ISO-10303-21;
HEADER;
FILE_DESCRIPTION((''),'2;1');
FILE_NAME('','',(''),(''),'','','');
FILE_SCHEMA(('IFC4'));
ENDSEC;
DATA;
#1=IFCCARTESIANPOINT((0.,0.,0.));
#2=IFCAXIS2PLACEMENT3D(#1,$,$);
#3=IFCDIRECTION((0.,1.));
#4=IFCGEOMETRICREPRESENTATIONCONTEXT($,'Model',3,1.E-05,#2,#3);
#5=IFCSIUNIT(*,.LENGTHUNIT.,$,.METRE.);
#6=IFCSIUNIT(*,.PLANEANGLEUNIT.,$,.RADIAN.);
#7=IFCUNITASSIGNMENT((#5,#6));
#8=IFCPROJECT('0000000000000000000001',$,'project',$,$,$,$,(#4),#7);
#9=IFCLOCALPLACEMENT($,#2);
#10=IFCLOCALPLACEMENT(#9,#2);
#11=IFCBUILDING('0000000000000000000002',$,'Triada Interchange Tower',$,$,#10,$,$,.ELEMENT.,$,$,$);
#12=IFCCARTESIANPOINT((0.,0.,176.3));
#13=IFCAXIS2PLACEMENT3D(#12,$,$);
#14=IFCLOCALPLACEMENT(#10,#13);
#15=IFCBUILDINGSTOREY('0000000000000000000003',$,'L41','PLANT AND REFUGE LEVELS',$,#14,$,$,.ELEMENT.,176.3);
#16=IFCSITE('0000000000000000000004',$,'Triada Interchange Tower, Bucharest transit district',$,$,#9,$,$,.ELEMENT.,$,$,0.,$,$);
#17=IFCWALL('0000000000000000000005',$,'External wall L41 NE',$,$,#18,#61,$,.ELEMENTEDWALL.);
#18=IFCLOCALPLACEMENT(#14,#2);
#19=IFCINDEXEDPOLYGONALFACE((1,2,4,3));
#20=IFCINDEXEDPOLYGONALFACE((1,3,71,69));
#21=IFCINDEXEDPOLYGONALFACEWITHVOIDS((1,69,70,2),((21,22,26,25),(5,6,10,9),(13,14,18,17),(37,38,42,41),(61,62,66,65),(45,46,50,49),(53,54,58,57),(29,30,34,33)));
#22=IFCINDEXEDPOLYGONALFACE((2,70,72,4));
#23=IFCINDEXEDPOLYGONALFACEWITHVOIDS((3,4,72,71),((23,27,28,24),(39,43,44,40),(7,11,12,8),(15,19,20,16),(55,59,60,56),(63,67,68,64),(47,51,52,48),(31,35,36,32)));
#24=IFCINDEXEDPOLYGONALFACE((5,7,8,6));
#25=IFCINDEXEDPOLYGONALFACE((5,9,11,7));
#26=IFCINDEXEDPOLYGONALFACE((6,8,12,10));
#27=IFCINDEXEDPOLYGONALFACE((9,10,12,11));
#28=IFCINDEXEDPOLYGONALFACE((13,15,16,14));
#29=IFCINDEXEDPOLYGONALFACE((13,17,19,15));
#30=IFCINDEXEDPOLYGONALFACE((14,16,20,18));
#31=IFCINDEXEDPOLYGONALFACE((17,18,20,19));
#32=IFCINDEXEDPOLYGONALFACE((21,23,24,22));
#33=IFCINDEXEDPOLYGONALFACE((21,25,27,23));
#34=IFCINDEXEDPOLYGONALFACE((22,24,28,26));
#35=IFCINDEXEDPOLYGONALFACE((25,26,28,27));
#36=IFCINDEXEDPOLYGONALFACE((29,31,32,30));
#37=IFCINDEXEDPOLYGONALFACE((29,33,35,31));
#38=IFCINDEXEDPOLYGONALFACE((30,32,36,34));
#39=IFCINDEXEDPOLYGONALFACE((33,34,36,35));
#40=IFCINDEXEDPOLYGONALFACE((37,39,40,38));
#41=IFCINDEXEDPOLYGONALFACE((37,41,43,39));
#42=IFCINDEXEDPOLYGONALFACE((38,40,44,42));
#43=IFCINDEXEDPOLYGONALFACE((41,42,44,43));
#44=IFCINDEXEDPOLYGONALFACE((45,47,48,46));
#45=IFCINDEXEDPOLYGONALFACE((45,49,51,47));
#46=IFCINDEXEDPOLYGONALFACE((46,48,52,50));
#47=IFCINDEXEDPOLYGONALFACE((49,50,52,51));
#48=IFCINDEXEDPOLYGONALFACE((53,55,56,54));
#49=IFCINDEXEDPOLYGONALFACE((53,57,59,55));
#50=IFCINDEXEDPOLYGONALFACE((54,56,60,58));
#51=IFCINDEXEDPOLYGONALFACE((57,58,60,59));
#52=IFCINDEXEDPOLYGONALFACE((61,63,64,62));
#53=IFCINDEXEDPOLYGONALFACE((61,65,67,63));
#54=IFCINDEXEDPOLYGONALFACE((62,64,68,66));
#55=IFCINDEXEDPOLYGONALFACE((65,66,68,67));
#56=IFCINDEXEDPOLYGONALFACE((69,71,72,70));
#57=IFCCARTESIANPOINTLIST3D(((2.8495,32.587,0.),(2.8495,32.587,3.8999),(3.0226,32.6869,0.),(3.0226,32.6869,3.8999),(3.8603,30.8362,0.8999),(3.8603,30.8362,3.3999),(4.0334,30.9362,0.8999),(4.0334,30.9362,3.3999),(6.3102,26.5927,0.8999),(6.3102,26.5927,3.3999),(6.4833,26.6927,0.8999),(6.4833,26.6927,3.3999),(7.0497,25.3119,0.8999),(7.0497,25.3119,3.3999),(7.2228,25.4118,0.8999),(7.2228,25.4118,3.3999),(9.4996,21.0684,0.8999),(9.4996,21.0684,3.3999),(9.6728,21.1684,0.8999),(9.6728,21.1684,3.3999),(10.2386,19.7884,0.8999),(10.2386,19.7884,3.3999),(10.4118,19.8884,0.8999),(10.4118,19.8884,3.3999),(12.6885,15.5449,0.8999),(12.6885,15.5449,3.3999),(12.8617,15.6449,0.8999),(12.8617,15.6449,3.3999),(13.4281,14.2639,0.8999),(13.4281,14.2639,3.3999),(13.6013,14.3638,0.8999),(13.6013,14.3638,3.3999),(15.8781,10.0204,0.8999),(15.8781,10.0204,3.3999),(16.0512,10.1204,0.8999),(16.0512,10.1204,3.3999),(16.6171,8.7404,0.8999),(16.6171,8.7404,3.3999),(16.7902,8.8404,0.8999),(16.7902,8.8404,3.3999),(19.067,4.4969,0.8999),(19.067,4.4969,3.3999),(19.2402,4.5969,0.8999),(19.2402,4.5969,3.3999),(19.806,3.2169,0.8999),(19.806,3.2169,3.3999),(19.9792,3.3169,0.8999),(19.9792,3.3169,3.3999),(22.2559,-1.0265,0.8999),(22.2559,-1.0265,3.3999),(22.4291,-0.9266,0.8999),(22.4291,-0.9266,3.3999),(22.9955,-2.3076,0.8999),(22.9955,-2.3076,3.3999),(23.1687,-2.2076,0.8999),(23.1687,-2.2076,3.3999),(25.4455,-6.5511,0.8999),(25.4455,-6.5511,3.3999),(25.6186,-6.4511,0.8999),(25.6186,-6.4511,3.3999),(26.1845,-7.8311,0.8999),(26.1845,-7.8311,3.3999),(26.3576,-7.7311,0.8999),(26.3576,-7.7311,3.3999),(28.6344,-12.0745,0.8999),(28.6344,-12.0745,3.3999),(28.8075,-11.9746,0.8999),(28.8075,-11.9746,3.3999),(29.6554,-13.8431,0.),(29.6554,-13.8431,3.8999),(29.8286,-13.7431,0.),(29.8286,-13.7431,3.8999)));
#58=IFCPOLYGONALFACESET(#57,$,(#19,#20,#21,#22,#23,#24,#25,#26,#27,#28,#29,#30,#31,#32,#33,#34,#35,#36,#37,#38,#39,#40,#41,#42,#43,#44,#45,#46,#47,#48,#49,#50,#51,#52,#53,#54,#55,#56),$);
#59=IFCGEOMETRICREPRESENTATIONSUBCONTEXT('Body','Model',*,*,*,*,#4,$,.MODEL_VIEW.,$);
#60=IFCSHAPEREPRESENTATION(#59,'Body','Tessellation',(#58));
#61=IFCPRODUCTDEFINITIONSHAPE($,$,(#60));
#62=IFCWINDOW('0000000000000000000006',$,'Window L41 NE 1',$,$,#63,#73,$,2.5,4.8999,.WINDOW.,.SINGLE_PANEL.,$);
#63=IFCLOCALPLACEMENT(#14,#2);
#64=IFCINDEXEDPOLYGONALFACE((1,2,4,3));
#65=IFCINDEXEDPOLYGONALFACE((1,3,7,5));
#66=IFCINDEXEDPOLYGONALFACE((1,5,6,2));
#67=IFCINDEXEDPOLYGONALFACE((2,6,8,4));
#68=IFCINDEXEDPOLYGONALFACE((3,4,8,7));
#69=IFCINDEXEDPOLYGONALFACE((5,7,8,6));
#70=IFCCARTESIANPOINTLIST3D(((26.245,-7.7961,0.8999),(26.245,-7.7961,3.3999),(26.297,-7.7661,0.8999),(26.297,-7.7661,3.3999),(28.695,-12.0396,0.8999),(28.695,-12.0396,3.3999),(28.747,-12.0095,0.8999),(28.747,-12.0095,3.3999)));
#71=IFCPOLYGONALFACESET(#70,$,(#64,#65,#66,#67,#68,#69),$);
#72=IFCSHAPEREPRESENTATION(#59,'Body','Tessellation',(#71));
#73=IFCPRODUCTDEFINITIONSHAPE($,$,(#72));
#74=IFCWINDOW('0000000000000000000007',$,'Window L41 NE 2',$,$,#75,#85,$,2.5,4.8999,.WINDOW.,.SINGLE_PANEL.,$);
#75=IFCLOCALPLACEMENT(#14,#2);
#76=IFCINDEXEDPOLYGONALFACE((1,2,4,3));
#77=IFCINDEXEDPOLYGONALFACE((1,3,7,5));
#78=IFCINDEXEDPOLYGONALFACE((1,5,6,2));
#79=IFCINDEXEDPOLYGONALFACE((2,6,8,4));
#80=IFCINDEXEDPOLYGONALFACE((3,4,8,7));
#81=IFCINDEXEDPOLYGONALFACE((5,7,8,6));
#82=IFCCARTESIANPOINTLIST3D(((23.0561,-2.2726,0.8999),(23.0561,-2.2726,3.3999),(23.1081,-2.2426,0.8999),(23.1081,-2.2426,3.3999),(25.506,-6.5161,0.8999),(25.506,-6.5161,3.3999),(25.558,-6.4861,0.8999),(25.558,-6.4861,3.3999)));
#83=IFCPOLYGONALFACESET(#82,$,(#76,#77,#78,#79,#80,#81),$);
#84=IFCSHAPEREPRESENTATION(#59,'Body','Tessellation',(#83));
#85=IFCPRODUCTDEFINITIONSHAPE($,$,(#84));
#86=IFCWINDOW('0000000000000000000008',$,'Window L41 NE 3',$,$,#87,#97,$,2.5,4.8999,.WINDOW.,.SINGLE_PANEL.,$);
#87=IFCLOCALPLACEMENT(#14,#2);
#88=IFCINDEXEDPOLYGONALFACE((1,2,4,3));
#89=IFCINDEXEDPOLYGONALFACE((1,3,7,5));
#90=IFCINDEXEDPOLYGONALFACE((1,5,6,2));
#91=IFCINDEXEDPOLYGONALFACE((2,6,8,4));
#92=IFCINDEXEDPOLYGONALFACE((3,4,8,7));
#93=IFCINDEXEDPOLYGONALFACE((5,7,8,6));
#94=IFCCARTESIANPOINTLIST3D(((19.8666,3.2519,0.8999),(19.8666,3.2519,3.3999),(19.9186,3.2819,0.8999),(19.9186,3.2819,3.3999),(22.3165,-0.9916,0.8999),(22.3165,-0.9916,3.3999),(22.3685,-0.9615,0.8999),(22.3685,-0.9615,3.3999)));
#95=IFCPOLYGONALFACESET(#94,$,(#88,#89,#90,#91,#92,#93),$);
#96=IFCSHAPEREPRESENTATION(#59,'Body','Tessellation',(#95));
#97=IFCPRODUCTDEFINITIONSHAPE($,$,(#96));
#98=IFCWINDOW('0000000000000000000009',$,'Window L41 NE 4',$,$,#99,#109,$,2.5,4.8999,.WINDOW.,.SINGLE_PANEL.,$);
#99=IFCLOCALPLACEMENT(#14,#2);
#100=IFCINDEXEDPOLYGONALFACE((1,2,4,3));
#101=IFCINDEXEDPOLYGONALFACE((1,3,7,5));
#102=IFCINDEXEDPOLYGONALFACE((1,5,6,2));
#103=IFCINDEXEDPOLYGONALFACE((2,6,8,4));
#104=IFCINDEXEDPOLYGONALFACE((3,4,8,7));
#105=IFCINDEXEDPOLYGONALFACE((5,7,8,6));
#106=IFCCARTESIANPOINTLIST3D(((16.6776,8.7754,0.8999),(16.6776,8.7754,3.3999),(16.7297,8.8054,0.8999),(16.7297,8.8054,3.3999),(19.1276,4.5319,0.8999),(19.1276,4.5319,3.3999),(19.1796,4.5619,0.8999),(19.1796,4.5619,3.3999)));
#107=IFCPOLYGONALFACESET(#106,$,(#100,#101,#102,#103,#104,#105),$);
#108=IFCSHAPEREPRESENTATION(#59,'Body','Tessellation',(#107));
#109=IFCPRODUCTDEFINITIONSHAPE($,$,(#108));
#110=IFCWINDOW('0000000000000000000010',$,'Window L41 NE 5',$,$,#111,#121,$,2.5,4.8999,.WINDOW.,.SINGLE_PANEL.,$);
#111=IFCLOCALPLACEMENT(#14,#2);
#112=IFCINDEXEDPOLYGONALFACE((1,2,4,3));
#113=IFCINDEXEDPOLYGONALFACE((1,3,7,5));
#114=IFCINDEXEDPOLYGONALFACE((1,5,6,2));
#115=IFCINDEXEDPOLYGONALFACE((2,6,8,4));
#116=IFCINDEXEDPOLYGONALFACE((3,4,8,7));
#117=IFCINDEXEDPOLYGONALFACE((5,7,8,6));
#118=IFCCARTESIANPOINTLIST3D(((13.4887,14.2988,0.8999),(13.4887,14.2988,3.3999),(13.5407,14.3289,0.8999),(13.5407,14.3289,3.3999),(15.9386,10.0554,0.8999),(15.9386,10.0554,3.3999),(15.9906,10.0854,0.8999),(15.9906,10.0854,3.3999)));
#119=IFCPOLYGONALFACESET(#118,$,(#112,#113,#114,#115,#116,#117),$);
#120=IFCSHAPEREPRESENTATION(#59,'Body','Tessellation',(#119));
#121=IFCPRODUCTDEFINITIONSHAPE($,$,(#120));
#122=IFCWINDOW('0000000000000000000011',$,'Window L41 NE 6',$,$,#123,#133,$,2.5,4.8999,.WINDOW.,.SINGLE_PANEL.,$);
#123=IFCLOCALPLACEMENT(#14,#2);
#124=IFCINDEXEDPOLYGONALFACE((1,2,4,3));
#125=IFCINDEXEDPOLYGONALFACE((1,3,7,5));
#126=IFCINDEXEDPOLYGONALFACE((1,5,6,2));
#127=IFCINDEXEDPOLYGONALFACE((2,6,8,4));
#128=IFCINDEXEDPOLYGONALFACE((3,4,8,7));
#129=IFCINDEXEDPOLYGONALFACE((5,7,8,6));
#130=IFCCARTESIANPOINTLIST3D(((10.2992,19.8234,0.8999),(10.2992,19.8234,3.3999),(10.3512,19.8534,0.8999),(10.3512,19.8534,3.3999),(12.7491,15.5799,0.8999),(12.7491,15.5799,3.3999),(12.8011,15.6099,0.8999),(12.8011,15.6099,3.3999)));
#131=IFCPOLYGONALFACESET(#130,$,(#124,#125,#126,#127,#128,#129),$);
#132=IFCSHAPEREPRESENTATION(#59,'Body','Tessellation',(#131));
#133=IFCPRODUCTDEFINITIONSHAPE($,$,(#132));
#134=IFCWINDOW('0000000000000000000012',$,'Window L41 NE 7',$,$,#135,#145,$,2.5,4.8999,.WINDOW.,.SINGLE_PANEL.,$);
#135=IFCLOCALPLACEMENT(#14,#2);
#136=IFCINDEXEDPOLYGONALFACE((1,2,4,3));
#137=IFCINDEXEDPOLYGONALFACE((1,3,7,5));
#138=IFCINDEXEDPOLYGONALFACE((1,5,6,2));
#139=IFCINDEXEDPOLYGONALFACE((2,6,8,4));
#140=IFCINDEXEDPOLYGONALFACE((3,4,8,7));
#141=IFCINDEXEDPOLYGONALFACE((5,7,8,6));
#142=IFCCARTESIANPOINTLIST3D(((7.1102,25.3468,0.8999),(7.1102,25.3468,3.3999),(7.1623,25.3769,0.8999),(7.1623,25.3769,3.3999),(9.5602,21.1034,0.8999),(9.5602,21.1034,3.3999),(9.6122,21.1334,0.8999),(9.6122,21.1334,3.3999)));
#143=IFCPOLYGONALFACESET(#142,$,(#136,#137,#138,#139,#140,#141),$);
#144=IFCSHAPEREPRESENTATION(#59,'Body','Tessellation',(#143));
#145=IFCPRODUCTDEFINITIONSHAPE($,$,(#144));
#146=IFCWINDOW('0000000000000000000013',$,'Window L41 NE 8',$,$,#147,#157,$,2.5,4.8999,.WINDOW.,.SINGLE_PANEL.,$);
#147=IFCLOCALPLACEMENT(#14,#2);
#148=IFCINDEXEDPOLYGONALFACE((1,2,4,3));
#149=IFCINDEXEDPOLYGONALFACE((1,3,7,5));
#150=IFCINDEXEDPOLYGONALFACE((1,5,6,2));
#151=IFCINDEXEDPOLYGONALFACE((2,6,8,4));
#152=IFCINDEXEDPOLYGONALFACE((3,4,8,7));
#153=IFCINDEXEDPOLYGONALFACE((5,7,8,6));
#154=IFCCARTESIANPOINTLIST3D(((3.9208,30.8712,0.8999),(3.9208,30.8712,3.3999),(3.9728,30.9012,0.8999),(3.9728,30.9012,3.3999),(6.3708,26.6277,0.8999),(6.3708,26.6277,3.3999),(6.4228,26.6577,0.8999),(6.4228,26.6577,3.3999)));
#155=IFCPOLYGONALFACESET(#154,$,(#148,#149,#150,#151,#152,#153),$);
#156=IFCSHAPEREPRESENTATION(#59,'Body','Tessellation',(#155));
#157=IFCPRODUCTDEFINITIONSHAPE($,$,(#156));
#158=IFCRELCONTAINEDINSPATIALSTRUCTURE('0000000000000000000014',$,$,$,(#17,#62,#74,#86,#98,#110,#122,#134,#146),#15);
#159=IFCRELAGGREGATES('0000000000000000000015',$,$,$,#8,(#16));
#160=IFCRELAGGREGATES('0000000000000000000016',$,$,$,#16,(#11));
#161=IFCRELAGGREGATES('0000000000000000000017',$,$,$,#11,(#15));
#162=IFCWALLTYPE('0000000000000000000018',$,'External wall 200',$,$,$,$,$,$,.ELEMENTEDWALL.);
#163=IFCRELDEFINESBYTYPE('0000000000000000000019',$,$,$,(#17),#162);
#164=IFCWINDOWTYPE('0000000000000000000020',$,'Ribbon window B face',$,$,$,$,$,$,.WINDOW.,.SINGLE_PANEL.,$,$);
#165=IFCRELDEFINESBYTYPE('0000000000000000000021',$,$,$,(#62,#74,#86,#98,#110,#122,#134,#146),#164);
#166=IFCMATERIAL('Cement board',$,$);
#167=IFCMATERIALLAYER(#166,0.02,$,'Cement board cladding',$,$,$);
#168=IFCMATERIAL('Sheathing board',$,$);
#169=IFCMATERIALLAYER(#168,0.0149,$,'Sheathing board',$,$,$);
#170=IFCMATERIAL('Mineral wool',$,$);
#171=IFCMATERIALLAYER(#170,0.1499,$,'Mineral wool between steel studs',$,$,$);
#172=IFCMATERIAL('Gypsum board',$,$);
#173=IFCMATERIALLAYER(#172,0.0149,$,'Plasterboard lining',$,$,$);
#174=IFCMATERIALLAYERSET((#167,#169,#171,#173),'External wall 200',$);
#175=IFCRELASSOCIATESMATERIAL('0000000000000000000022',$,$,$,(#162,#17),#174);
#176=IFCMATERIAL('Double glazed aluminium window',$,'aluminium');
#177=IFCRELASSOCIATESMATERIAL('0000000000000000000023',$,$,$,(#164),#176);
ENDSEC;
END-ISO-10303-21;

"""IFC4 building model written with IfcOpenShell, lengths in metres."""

from ifc_helpers import new_model, si_unit, direction, frame, frame_2d, origin, place, context, subcontext, project, spatial, rectangle, extrude, material, layer, layer_set, layer_usage, type_object, element, fill, save


model = new_model("IFC4")

# Units and contexts
model_context = context("Model", 3, precision=1e-05, world=origin(), true_north=direction((0.0, 1.0)))
body_context = subcontext(model_context, "Body", "Model", "MODEL_VIEW")
ifc_project = project(units=[si_unit("LENGTHUNIT", "METRE"), si_unit("PLANEANGLEUNIT", "RADIAN")], contexts=[model_context])

# Site, building, storey
site_placement = place(None, origin())
site = spatial("IfcSite", under=ifc_project, at=site_placement, Name="Triada Interchange Tower, Bucharest transit district", CompositionType="ELEMENT", RefElevation=0.0)
building_placement = place(site_placement, origin())
building = spatial("IfcBuilding", under=site, at=building_placement, Name="Triada Interchange Tower", CompositionType="ELEMENT")
storey_placement = place(building_placement, frame((0.0, 0.0, 176.3)))
storey = spatial("IfcBuildingStorey", under=building, at=storey_placement, Name="L41", Description="PLANT AND REFUGE LEVELS", CompositionType="ELEMENT", Elevation=176.3)

# Shared definitions
ifc_material_1 = material(Name="Cement board")
ifc_layer_1 = layer(ifc_material_1, 0.02, Name="Cement board cladding")
ifc_material_2 = material(Name="Sheathing board")
ifc_layer_2 = layer(ifc_material_2, 0.0149, Name="Sheathing board")
ifc_material_3 = material(Name="Mineral wool")
ifc_layer_3 = layer(ifc_material_3, 0.1499, Name="Mineral wool between steel studs")
ifc_material_4 = material(Name="Gypsum board")
ifc_layer_4 = layer(ifc_material_4, 0.0149, Name="Plasterboard lining")
ifc_layer_set_1 = layer_set([ifc_layer_1, ifc_layer_2, ifc_layer_3, ifc_layer_4], Name="External wall 200")
ifc_layer_usage = layer_usage(ifc_layer_set_1, "AXIS2", "POSITIVE", -0.1001)
wall_type = type_object("IfcWallType", Name="External wall 200", PredefinedType="ELEMENTEDWALL", material=ifc_layer_set_1)
ifc_material_5 = material(Name="Double glazed aluminium window", Category="aluminium")

# Wall, openings, windows
wall_1_placement = place(storey_placement, frame((29.7419, -13.793, 0.0), z_axis=(0.0, 0.0, 1.0), x_axis=(-0.499994, 0.866029, 0.0)))
wall_1 = element("IfcWall", 1, at=wall_1_placement, inside=storey, type_object=wall_type, material=ifc_layer_usage, Name="External wall L41 NE", PredefinedType="ELEMENTEDWALL", context=body_context, shape_type="SweptSolid", body=[
    extrude(rectangle(XDim=53.6125, YDim=0.2, at=frame_2d((26.8062, 0.0))), origin(), (0.0, 0.0, 1.0), 3.8999),
])
opening_1_placement = place(wall_1_placement, frame((2.042, 0.0, 0.8999)))
opening_1 = element("IfcOpeningElement", 2, at=opening_1_placement, cuts=wall_1, PredefinedType="OPENING", context=body_context, shape_type="SweptSolid", body=[
    extrude(rectangle(XDim=4.8999, YDim=2.5, at=frame_2d((2.45, 1.25))), frame((0.0, 0.1099, 0.0), z_axis=(0.0, -1.0, 0.0), x_axis=(1.0, 0.0, 0.0)), (0.0, 0.0, 1.0), 0.22),
])
opening_2_placement = place(wall_1_placement, frame((8.4199, 0.0, 0.8999)))
opening_2 = element("IfcOpeningElement", 3, at=opening_2_placement, cuts=wall_1, PredefinedType="OPENING", context=body_context, shape_type="SweptSolid", body=[
    extrude(rectangle(XDim=4.8999, YDim=2.5, at=frame_2d((2.45, 1.25))), frame((0.0, 0.1099, 0.0), z_axis=(0.0, -1.0, 0.0), x_axis=(1.0, 0.0, 0.0)), (0.0, 0.0, 1.0), 0.22),
])
opening_3_placement = place(wall_1_placement, frame((14.7991, 0.0, 0.8999)))
opening_3 = element("IfcOpeningElement", 4, at=opening_3_placement, cuts=wall_1, PredefinedType="OPENING", context=body_context, shape_type="SweptSolid", body=[
    extrude(rectangle(XDim=4.8999, YDim=2.5, at=frame_2d((2.45, 1.25))), frame((0.0, 0.1099, 0.0), z_axis=(0.0, -1.0, 0.0), x_axis=(1.0, 0.0, 0.0)), (0.0, 0.0, 1.0), 0.22),
])
opening_4_placement = place(wall_1_placement, frame((21.177, 0.0, 0.8999)))
opening_4 = element("IfcOpeningElement", 5, at=opening_4_placement, cuts=wall_1, PredefinedType="OPENING", context=body_context, shape_type="SweptSolid", body=[
    extrude(rectangle(XDim=4.8999, YDim=2.5, at=frame_2d((2.45, 1.25))), frame((0.0, 0.1099, 0.0), z_axis=(0.0, -1.0, 0.0), x_axis=(1.0, 0.0, 0.0)), (0.0, 0.0, 1.0), 0.22),
])
opening_5_placement = place(wall_1_placement, frame((27.5549, 0.0, 0.8999)))
opening_5 = element("IfcOpeningElement", 6, at=opening_5_placement, cuts=wall_1, PredefinedType="OPENING", context=body_context, shape_type="SweptSolid", body=[
    extrude(rectangle(XDim=4.8999, YDim=2.5, at=frame_2d((2.45, 1.25))), frame((0.0, 0.1099, 0.0), z_axis=(0.0, -1.0, 0.0), x_axis=(1.0, 0.0, 0.0)), (0.0, 0.0, 1.0), 0.22),
])
opening_6_placement = place(wall_1_placement, frame((33.9341, 0.0, 0.8999)))
opening_6 = element("IfcOpeningElement", 7, at=opening_6_placement, cuts=wall_1, PredefinedType="OPENING", context=body_context, shape_type="SweptSolid", body=[
    extrude(rectangle(XDim=4.8999, YDim=2.5, at=frame_2d((2.45, 1.25))), frame((0.0, 0.1099, 0.0), z_axis=(0.0, -1.0, 0.0), x_axis=(1.0, 0.0, 0.0)), (0.0, 0.0, 1.0), 0.22),
])
opening_7_placement = place(wall_1_placement, frame((40.312, 0.0, 0.8999)))
opening_7 = element("IfcOpeningElement", 8, at=opening_7_placement, cuts=wall_1, PredefinedType="OPENING", context=body_context, shape_type="SweptSolid", body=[
    extrude(rectangle(XDim=4.8999, YDim=2.5, at=frame_2d((2.45, 1.25))), frame((0.0, 0.1099, 0.0), z_axis=(0.0, -1.0, 0.0), x_axis=(1.0, 0.0, 0.0)), (0.0, 0.0, 1.0), 0.22),
])
opening_8_placement = place(wall_1_placement, frame((46.6909, 0.0, 0.8999)))
opening_8 = element("IfcOpeningElement", 9, at=opening_8_placement, cuts=wall_1, PredefinedType="OPENING", context=body_context, shape_type="SweptSolid", body=[
    extrude(rectangle(XDim=4.8999, YDim=2.5, at=frame_2d((2.45, 1.25))), frame((0.0, 0.1099, 0.0), z_axis=(0.0, -1.0, 0.0), x_axis=(1.0, 0.0, 0.0)), (0.0, 0.0, 1.0), 0.22),
])
window_type_1 = type_object("IfcWindowType", Name="Ribbon window B face", PartitioningType="SINGLE_PANEL", PredefinedType="WINDOW", material=ifc_material_5)
window_1_placement = place(opening_1_placement, origin())
window_1 = element("IfcWindow", 10, at=window_1_placement, inside=storey, type_object=window_type_1, Name="Window L41 NE 1", OverallHeight=2.5, OverallWidth=4.8999, PartitioningType="SINGLE_PANEL", PredefinedType="WINDOW", context=body_context, shape_type="SweptSolid", body=[
    extrude(rectangle(XDim=4.8999, YDim=2.5, at=frame_2d((2.45, 1.25))), frame((0.0, 0.03, 0.0), z_axis=(0.0, -1.0, 0.0), x_axis=(1.0, 0.0, 0.0)), (0.0, 0.0, 1.0), 0.0601),
])
fill(opening_1, window_1)
window_2_placement = place(opening_2_placement, origin())
window_2 = element("IfcWindow", 11, at=window_2_placement, inside=storey, type_object=window_type_1, Name="Window L41 NE 2", OverallHeight=2.5, OverallWidth=4.8999, PartitioningType="SINGLE_PANEL", PredefinedType="WINDOW", context=body_context, shape_type="SweptSolid", body=[
    extrude(rectangle(XDim=4.8999, YDim=2.5, at=frame_2d((2.45, 1.25))), frame((0.0, 0.03, 0.0), z_axis=(0.0, -1.0, 0.0), x_axis=(1.0, 0.0, 0.0)), (0.0, 0.0, 1.0), 0.0601),
])
fill(opening_2, window_2)
window_3_placement = place(opening_3_placement, origin())
window_3 = element("IfcWindow", 12, at=window_3_placement, inside=storey, type_object=window_type_1, Name="Window L41 NE 3", OverallHeight=2.5, OverallWidth=4.8999, PartitioningType="SINGLE_PANEL", PredefinedType="WINDOW", context=body_context, shape_type="SweptSolid", body=[
    extrude(rectangle(XDim=4.8999, YDim=2.5, at=frame_2d((2.45, 1.25))), frame((0.0, 0.03, 0.0), z_axis=(0.0, -1.0, 0.0), x_axis=(1.0, 0.0, 0.0)), (0.0, 0.0, 1.0), 0.0601),
])
fill(opening_3, window_3)
window_4_placement = place(opening_4_placement, origin())
window_4 = element("IfcWindow", 13, at=window_4_placement, inside=storey, type_object=window_type_1, Name="Window L41 NE 4", OverallHeight=2.5, OverallWidth=4.8999, PartitioningType="SINGLE_PANEL", PredefinedType="WINDOW", context=body_context, shape_type="SweptSolid", body=[
    extrude(rectangle(XDim=4.8999, YDim=2.5, at=frame_2d((2.45, 1.25))), frame((0.0, 0.03, 0.0), z_axis=(0.0, -1.0, 0.0), x_axis=(1.0, 0.0, 0.0)), (0.0, 0.0, 1.0), 0.0601),
])
fill(opening_4, window_4)
window_5_placement = place(opening_5_placement, origin())
window_5 = element("IfcWindow", 14, at=window_5_placement, inside=storey, type_object=window_type_1, Name="Window L41 NE 5", OverallHeight=2.5, OverallWidth=4.8999, PartitioningType="SINGLE_PANEL", PredefinedType="WINDOW", context=body_context, shape_type="SweptSolid", body=[
    extrude(rectangle(XDim=4.8999, YDim=2.5, at=frame_2d((2.45, 1.25))), frame((0.0, 0.03, 0.0), z_axis=(0.0, -1.0, 0.0), x_axis=(1.0, 0.0, 0.0)), (0.0, 0.0, 1.0), 0.0601),
])
fill(opening_5, window_5)
window_6_placement = place(opening_6_placement, origin())
window_6 = element("IfcWindow", 15, at=window_6_placement, inside=storey, type_object=window_type_1, Name="Window L41 NE 6", OverallHeight=2.5, OverallWidth=4.8999, PartitioningType="SINGLE_PANEL", PredefinedType="WINDOW", context=body_context, shape_type="SweptSolid", body=[
    extrude(rectangle(XDim=4.8999, YDim=2.5, at=frame_2d((2.45, 1.25))), frame((0.0, 0.03, 0.0), z_axis=(0.0, -1.0, 0.0), x_axis=(1.0, 0.0, 0.0)), (0.0, 0.0, 1.0), 0.0601),
])
fill(opening_6, window_6)
window_7_placement = place(opening_7_placement, origin())
window_7 = element("IfcWindow", 16, at=window_7_placement, inside=storey, type_object=window_type_1, Name="Window L41 NE 7", OverallHeight=2.5, OverallWidth=4.8999, PartitioningType="SINGLE_PANEL", PredefinedType="WINDOW", context=body_context, shape_type="SweptSolid", body=[
    extrude(rectangle(XDim=4.8999, YDim=2.5, at=frame_2d((2.45, 1.25))), frame((0.0, 0.03, 0.0), z_axis=(0.0, -1.0, 0.0), x_axis=(1.0, 0.0, 0.0)), (0.0, 0.0, 1.0), 0.0601),
])
fill(opening_7, window_7)
window_8_placement = place(opening_8_placement, origin())
window_8 = element("IfcWindow", 17, at=window_8_placement, inside=storey, type_object=window_type_1, Name="Window L41 NE 8", OverallHeight=2.5, OverallWidth=4.8999, PartitioningType="SINGLE_PANEL", PredefinedType="WINDOW", context=body_context, shape_type="SweptSolid", body=[
    extrude(rectangle(XDim=4.8999, YDim=2.5, at=frame_2d((2.45, 1.25))), frame((0.0, 0.03, 0.0), z_axis=(0.0, -1.0, 0.0), x_axis=(1.0, 0.0, 0.0)), (0.0, 0.0, 1.0), 0.0601),
])
fill(opening_8, window_8)

save(model, "model.ifc")
